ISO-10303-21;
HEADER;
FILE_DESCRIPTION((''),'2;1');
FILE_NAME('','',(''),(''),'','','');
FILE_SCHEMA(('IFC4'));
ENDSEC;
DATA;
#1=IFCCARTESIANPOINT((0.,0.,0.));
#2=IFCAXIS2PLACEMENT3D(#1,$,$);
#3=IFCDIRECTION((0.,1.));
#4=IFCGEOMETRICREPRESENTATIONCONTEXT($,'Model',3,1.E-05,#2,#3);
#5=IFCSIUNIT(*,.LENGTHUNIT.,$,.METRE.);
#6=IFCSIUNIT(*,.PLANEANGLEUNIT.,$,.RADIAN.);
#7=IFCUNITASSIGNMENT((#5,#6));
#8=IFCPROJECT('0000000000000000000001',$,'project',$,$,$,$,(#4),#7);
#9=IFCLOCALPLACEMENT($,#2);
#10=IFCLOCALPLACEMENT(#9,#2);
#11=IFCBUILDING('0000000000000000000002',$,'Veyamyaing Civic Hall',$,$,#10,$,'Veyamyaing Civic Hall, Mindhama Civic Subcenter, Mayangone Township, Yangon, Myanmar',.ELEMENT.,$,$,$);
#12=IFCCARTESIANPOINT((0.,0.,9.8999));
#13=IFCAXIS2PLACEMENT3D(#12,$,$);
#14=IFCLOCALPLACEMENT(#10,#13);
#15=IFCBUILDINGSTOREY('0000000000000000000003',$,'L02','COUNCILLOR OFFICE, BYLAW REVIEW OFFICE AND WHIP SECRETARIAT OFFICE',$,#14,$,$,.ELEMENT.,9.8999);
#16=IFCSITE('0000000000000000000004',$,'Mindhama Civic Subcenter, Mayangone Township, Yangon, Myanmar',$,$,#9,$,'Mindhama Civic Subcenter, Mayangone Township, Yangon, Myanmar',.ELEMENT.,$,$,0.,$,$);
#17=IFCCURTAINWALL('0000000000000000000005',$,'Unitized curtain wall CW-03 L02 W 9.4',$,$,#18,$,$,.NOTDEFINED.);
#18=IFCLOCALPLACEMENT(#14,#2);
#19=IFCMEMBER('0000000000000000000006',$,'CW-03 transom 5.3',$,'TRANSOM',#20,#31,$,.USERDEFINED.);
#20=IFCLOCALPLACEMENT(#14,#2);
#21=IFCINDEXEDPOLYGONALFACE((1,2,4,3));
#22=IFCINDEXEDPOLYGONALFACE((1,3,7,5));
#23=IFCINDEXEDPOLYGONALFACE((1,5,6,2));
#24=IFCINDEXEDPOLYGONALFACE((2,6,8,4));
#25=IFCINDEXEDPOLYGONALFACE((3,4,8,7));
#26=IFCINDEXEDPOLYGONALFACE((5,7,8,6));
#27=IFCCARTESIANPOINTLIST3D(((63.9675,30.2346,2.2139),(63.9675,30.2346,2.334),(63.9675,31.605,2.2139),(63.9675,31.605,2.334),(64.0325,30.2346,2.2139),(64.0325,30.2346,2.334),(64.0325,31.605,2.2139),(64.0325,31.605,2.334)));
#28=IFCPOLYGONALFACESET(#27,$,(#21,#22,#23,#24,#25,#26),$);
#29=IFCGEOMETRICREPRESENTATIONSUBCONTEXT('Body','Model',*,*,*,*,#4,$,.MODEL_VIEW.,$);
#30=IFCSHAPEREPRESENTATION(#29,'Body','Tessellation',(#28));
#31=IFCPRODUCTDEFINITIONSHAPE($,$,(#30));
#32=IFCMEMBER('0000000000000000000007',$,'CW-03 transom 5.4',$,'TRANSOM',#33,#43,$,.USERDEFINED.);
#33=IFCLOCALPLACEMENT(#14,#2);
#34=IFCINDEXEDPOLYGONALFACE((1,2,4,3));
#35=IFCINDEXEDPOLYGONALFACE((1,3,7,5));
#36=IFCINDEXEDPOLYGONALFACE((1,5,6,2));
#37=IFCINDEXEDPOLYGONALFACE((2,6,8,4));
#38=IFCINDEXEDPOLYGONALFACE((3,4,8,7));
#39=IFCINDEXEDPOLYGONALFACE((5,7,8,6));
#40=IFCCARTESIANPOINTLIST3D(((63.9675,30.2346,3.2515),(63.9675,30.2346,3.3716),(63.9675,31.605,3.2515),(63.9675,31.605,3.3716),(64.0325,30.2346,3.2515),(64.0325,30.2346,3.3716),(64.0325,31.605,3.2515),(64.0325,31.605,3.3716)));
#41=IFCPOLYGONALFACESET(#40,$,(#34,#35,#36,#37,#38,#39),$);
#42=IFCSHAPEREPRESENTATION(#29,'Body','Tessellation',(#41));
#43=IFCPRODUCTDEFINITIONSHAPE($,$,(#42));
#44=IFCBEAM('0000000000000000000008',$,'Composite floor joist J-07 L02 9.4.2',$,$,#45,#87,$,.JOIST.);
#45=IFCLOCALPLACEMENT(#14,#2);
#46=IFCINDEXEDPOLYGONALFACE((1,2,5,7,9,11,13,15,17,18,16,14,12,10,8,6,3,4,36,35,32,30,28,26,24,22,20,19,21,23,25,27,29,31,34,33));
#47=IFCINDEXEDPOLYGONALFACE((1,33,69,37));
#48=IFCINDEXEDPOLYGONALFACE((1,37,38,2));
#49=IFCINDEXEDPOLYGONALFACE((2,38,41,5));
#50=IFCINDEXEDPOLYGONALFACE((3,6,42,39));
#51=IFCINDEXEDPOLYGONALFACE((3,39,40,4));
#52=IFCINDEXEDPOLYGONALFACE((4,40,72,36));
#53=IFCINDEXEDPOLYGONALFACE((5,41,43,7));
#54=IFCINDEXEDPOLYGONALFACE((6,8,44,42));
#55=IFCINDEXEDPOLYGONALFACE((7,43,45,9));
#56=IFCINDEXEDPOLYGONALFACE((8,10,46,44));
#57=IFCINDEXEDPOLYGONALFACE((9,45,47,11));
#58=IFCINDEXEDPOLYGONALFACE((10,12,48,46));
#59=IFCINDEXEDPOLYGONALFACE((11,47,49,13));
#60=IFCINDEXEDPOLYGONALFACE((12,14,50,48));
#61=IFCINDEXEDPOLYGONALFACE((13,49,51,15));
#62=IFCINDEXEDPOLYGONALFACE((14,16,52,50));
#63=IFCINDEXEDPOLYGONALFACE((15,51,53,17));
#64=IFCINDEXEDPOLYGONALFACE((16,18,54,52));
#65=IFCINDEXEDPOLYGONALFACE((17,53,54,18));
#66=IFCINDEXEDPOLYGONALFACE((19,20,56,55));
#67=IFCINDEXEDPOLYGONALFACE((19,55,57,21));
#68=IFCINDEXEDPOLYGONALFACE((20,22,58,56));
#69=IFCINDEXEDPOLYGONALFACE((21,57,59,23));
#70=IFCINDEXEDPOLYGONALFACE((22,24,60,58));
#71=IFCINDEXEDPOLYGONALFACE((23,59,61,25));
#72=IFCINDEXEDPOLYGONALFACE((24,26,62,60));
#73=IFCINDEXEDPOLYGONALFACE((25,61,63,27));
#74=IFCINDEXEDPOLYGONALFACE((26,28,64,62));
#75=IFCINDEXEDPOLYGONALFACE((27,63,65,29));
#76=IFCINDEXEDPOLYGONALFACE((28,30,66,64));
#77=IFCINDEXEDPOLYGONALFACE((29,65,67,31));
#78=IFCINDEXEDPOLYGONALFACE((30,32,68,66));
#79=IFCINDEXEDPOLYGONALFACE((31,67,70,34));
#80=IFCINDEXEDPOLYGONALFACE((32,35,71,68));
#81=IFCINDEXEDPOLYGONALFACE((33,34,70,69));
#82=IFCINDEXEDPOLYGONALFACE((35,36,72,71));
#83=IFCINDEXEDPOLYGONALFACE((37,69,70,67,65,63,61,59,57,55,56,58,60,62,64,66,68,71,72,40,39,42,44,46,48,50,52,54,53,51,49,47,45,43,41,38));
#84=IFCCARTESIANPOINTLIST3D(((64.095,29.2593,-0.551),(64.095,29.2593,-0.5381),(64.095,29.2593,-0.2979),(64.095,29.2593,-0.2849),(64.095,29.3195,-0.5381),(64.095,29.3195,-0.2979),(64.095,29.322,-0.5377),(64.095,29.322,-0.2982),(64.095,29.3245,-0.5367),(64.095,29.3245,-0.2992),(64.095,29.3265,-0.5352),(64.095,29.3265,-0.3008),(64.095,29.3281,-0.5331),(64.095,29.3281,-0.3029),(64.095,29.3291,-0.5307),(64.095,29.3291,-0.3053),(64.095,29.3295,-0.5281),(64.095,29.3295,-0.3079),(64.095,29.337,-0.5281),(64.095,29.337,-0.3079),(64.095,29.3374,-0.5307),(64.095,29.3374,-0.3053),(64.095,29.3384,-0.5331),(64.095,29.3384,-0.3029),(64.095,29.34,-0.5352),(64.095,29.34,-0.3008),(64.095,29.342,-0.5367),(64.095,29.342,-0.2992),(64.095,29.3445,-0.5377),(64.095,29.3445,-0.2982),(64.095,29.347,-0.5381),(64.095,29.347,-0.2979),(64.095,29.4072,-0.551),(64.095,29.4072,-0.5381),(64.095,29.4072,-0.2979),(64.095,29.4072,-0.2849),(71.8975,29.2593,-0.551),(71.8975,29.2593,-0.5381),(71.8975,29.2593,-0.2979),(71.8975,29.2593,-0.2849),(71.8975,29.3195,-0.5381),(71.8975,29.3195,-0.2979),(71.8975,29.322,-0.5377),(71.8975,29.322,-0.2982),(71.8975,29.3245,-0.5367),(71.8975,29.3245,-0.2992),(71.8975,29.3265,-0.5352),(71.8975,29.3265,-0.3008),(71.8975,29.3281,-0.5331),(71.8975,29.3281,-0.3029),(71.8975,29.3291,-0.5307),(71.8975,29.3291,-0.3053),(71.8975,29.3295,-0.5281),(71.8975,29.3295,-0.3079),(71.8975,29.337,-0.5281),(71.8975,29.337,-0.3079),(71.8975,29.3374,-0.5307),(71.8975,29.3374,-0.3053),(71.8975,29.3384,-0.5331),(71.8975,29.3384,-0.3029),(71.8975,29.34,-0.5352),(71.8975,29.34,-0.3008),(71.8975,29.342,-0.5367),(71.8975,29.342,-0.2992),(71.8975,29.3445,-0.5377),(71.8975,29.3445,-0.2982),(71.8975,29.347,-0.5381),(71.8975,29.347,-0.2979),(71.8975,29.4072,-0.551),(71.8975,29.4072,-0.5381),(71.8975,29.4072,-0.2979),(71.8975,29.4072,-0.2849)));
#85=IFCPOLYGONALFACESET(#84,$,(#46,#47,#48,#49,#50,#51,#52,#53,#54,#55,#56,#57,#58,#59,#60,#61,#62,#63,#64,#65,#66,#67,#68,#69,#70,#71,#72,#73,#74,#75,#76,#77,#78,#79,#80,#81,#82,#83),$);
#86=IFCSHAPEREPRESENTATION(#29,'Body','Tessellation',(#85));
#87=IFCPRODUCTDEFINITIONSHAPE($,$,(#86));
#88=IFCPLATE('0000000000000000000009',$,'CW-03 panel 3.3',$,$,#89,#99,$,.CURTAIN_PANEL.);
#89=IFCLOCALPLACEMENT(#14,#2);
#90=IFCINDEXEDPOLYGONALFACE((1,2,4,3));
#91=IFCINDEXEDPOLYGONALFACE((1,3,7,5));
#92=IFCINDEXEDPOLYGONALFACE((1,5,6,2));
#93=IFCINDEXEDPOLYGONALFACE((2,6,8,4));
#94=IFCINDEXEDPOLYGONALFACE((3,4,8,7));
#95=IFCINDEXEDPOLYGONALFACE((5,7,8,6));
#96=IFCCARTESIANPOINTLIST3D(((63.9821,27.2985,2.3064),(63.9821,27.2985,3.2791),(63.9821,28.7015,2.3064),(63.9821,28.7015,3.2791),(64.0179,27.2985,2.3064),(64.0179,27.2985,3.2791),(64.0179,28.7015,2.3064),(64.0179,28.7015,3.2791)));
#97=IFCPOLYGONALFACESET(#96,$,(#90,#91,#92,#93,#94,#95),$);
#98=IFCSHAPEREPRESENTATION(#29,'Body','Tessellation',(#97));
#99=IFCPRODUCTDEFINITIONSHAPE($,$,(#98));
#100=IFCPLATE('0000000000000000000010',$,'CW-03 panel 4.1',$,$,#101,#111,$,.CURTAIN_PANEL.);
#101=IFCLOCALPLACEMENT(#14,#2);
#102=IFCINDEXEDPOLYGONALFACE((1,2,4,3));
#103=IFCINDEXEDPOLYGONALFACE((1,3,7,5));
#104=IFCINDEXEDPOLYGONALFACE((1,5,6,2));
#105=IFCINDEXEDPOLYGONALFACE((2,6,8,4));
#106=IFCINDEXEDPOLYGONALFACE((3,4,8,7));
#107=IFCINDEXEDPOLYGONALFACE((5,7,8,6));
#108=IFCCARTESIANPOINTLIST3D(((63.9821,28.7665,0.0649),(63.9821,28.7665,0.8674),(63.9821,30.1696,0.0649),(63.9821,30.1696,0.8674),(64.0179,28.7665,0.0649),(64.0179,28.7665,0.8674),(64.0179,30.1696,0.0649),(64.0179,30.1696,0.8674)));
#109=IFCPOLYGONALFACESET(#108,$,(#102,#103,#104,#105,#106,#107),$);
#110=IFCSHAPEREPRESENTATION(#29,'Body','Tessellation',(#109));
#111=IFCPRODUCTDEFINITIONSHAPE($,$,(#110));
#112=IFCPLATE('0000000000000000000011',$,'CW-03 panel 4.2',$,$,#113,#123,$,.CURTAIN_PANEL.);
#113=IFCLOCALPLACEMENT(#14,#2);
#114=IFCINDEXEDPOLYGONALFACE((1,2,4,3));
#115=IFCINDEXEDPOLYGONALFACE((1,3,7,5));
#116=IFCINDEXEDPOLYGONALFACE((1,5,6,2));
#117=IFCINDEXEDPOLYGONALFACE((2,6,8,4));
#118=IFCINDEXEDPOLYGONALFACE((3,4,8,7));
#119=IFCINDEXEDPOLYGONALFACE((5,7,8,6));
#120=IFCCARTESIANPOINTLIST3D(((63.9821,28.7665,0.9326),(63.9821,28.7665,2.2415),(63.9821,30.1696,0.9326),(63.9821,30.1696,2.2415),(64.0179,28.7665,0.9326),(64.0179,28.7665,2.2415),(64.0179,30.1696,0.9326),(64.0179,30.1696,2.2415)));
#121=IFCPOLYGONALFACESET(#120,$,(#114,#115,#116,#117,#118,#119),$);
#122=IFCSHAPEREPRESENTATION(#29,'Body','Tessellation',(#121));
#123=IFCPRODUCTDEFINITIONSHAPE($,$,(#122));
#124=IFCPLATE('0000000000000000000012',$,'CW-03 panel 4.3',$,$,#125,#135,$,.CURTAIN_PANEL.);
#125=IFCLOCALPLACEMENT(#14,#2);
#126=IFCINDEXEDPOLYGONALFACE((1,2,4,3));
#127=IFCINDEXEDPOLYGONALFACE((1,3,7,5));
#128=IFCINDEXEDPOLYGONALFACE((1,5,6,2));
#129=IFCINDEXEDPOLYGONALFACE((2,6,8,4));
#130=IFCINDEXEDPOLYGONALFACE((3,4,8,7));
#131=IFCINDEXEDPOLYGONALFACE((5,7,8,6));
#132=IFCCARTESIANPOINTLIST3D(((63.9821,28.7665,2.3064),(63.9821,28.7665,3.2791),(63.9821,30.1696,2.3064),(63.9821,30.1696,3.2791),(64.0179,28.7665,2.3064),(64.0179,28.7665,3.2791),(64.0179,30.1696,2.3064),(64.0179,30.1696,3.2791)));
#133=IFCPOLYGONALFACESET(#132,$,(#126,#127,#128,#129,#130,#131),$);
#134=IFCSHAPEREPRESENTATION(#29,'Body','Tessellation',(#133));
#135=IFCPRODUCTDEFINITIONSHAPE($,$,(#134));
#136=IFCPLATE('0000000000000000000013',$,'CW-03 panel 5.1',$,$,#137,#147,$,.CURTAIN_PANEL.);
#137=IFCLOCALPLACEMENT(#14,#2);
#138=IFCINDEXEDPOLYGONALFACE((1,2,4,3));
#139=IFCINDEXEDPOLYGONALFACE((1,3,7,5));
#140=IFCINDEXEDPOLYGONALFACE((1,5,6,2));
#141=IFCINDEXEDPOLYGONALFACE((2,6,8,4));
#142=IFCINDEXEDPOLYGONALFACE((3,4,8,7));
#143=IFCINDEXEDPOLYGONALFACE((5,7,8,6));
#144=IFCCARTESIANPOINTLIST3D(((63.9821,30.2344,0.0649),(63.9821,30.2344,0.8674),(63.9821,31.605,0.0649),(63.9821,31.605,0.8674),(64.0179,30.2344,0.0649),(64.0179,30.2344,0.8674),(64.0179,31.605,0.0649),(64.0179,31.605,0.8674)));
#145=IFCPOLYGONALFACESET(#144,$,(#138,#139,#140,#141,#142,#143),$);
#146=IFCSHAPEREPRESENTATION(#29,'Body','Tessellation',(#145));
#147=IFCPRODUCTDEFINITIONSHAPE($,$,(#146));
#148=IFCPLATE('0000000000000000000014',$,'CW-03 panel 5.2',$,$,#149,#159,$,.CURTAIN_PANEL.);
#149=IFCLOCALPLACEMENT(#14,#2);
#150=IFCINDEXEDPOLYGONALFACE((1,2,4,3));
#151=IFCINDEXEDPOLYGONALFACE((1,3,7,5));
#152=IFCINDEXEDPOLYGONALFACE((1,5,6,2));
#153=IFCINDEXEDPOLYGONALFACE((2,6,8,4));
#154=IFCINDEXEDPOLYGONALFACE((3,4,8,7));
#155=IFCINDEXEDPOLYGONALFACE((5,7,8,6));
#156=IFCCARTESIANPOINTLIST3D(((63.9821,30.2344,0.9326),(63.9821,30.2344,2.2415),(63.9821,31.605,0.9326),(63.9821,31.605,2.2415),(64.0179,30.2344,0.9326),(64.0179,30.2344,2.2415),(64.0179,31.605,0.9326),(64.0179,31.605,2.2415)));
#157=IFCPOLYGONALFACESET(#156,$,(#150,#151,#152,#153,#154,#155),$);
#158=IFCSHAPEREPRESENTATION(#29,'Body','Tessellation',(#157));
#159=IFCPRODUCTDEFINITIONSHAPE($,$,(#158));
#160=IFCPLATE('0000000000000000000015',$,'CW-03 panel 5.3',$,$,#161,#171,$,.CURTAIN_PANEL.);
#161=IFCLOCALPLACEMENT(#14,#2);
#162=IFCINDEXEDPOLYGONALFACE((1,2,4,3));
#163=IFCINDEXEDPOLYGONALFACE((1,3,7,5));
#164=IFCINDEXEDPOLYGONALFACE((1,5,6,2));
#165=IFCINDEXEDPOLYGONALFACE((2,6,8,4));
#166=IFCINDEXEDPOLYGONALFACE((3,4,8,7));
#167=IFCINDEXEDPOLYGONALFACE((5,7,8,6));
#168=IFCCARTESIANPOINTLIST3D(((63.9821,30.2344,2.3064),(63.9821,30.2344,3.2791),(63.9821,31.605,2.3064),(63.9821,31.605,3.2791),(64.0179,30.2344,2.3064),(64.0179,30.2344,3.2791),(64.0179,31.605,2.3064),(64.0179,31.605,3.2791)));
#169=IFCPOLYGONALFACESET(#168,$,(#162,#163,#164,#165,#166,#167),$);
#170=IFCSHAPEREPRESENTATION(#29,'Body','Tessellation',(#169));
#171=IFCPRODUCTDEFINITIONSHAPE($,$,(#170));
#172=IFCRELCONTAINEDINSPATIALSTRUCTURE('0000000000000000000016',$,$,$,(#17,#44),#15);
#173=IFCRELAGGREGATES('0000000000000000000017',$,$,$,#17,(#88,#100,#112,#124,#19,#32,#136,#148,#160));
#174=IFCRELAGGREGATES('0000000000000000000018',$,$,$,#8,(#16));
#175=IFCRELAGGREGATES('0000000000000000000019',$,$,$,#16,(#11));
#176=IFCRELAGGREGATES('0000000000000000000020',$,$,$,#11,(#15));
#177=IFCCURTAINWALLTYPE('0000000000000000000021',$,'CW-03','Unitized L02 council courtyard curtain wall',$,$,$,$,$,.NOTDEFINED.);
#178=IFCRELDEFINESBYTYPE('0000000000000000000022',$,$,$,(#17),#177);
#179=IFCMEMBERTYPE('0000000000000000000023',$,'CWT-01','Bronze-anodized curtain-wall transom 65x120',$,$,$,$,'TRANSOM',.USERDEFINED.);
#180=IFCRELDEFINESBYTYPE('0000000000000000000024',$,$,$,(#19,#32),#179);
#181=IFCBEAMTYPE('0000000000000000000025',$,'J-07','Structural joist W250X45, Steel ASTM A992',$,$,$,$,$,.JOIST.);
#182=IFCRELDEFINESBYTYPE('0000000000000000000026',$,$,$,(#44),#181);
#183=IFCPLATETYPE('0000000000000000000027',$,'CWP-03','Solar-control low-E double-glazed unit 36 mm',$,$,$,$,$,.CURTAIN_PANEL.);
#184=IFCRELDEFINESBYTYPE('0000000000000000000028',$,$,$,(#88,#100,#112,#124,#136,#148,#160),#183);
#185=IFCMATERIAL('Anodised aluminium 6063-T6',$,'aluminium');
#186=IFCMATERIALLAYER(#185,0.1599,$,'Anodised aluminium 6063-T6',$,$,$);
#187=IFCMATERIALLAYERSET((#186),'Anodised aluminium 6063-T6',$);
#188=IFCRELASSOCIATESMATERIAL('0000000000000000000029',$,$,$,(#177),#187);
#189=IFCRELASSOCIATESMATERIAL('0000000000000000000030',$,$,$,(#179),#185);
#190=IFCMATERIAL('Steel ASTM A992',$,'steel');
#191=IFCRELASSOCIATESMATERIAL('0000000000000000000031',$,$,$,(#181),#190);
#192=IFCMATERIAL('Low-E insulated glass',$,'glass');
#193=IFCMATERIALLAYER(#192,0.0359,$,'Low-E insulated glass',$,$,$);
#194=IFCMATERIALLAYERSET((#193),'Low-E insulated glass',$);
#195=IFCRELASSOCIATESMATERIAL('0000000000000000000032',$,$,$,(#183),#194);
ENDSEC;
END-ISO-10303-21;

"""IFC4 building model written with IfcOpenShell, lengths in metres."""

from ifc_helpers import new_model, si_unit, direction, frame, origin, origin_2d, place, context, subcontext, project, spatial, rectangle, i_section, extrude, material, layer, layer_set, material_profile, profile_set, type_object, element, aggregate, save


model = new_model("IFC4")

# Units and contexts
model_context = context("Model", 3, precision=1e-05, world=origin(), true_north=direction((0.0, 1.0)))
body_context = subcontext(model_context, "Body", "Model", "MODEL_VIEW")
ifc_project = project(units=[si_unit("LENGTHUNIT", "METRE"), si_unit("PLANEANGLEUNIT", "RADIAN")], contexts=[model_context])

# Site, building, storey
site_placement = place(None, origin())
site = spatial("IfcSite", under=ifc_project, at=site_placement, Name="Mindhama Civic Subcenter, Mayangone Township, Yangon, Myanmar", LongName="Mindhama Civic Subcenter, Mayangone Township, Yangon, Myanmar", CompositionType="ELEMENT", RefElevation=0.0)
building_placement = place(site_placement, origin())
building = spatial("IfcBuilding", under=site, at=building_placement, Name="Veyamyaing Civic Hall", LongName="Veyamyaing Civic Hall, Mindhama Civic Subcenter, Mayangone Township, Yangon, Myanmar", CompositionType="ELEMENT")
storey_placement = place(building_placement, frame((0.0, 0.0, 9.8999)))
storey = spatial("IfcBuildingStorey", under=building, at=storey_placement, Name="L02", Description="COUNCILLOR OFFICE, BYLAW REVIEW OFFICE AND WHIP SECRETARIAT OFFICE", CompositionType="ELEMENT", Elevation=9.8999)

# Shared definitions
ifc_material_1 = material(Name="Steel ASTM A992", Category="steel")

# Curtain wall, members
ifc_material_2 = material(Name="Anodised aluminium 6063-T6", Category="aluminium")
ifc_layer_1 = layer(ifc_material_2, 0.1599, Name="Anodised aluminium 6063-T6")
ifc_layer_set_1 = layer_set([ifc_layer_1], Name="Anodised aluminium 6063-T6")
curtain_wall_type = type_object("IfcCurtainWallType", Name="CW-03", Description="Unitized L02 council courtyard curtain wall", PredefinedType="NOTDEFINED", material=ifc_layer_set_1)
curtain_wall_placement = place(storey_placement, origin())
curtain_wall = element("IfcCurtainWall", 1, at=curtain_wall_placement, inside=storey, type_object=curtain_wall_type, Name="Unitized curtain wall CW-03 L02 W 9.4", PredefinedType="NOTDEFINED")
ifc_material_profile_1 = material_profile(ifc_material_2, rectangle(XDim=0.0649, YDim=0.1201, at=origin_2d()), Name="ALU-TRN-65X120")
ifc_profile_set_1 = profile_set([ifc_material_profile_1], Name="Anodised aluminium 6063-T6")
member_type_1 = type_object("IfcMemberType", Name="CWT-01", Description="Bronze-anodized curtain-wall transom 65x120", ElementType="TRANSOM", PredefinedType="USERDEFINED", material=ifc_profile_set_1)
member_1_placement = place(storey_placement, frame((64.0, 30.2346, 2.2739), z_axis=(0.0, 1.0, 0.0), x_axis=(-1.0, 0.0, 0.0)))
member_1 = element("IfcMember", 2, at=member_1_placement, type_object=member_type_1, Name="CW-03 transom 5.3", ObjectType="TRANSOM", PredefinedType="USERDEFINED", context=body_context, shape_type="SweptSolid", body=[
    extrude(rectangle(XDim=0.0649, YDim=0.1201, at=origin_2d()), origin(), (0.0, 0.0, 1.0), 1.3704),
])
member_2_placement = place(storey_placement, frame((64.0, 30.2346, 3.3115), z_axis=(0.0, 1.0, 0.0), x_axis=(-1.0, 0.0, 0.0)))
member_2 = element("IfcMember", 3, at=member_2_placement, type_object=member_type_1, Name="CW-03 transom 5.4", ObjectType="TRANSOM", PredefinedType="USERDEFINED", context=body_context, shape_type="SweptSolid", body=[
    extrude(rectangle(XDim=0.0649, YDim=0.1201, at=origin_2d()), origin(), (0.0, 0.0, 1.0), 1.3704),
])

# Beam
ifc_material_profile_2 = material_profile(ifc_material_1, i_section(OverallWidth=0.1479, OverallDepth=0.2661, WebThickness=0.0076, FlangeThickness=0.0129, FilletRadius=0.01, at=origin_2d()), Name="W250X45")
ifc_profile_set_2 = profile_set([ifc_material_profile_2], Name="Steel ASTM A992")
beam_type_1 = type_object("IfcBeamType", Name="J-07", Description="Structural joist W250X45, Steel ASTM A992", PredefinedType="JOIST", material=ifc_profile_set_2)
beam_1_placement = place(storey_placement, frame((64.095, 29.3333, -0.418), z_axis=(1.0, 0.0, 0.0), x_axis=(0.0, 1.0, 0.0)))
element("IfcBeam", 4, at=beam_1_placement, inside=storey, type_object=beam_type_1, Name="Composite floor joist J-07 L02 9.4.2", PredefinedType="JOIST", context=body_context, shape_type="SweptSolid", body=[
    extrude(i_section(OverallWidth=0.1479, OverallDepth=0.2661, WebThickness=0.0076, FlangeThickness=0.0129, FilletRadius=0.01, at=origin_2d()), origin(), (0.0, 0.0, 1.0), 7.8025),
])

# Plates
ifc_material_3 = material(Name="Low-E insulated glass", Category="glass")
ifc_layer_2 = layer(ifc_material_3, 0.0359, Name="Low-E insulated glass")
ifc_layer_set_2 = layer_set([ifc_layer_2], Name="Low-E insulated glass")
plate_type = type_object("IfcPlateType", Name="CWP-03", Description="Solar-control low-E double-glazed unit 36 mm", PredefinedType="CURTAIN_PANEL", material=ifc_layer_set_2)
plate_1_placement = place(storey_placement, frame((64.0, 28.0, 2.3064), z_axis=(0.0, 0.0, 1.0), x_axis=(0.0, 1.0, 0.0)))
plate_1 = element("IfcPlate", 5, at=plate_1_placement, type_object=plate_type, Name="CW-03 panel 3.3", PredefinedType="CURTAIN_PANEL", context=body_context, shape_type="SweptSolid", body=[
    extrude(rectangle(XDim=1.4031, YDim=0.0359, at=origin_2d()), origin(), (0.0, 0.0, 1.0), 0.9727),
])
plate_2_placement = place(storey_placement, frame((64.0, 29.468, 0.0649), z_axis=(0.0, 0.0, 1.0), x_axis=(0.0, 1.0, 0.0)))
plate_2 = element("IfcPlate", 6, at=plate_2_placement, type_object=plate_type, Name="CW-03 panel 4.1", PredefinedType="CURTAIN_PANEL", context=body_context, shape_type="SweptSolid", body=[
    extrude(rectangle(XDim=1.4031, YDim=0.0359, at=origin_2d()), origin(), (0.0, 0.0, 1.0), 0.8025),
])
plate_3_placement = place(storey_placement, frame((64.0, 29.468, 0.9326), z_axis=(0.0, 0.0, 1.0), x_axis=(0.0, 1.0, 0.0)))
plate_3 = element("IfcPlate", 7, at=plate_3_placement, type_object=plate_type, Name="CW-03 panel 4.2", PredefinedType="CURTAIN_PANEL", context=body_context, shape_type="SweptSolid", body=[
    extrude(rectangle(XDim=1.4031, YDim=0.0359, at=origin_2d()), origin(), (0.0, 0.0, 1.0), 1.3088),
])
plate_4_placement = place(storey_placement, frame((64.0, 29.468, 2.3064), z_axis=(0.0, 0.0, 1.0), x_axis=(0.0, 1.0, 0.0)))
plate_4 = element("IfcPlate", 8, at=plate_4_placement, type_object=plate_type, Name="CW-03 panel 4.3", PredefinedType="CURTAIN_PANEL", context=body_context, shape_type="SweptSolid", body=[
    extrude(rectangle(XDim=1.4031, YDim=0.0359, at=origin_2d()), origin(), (0.0, 0.0, 1.0), 0.9727),
])
plate_5_placement = place(storey_placement, frame((64.0, 30.9197, 0.0649), z_axis=(0.0, 0.0, 1.0), x_axis=(0.0, 1.0, 0.0)))
plate_5 = element("IfcPlate", 9, at=plate_5_placement, type_object=plate_type, Name="CW-03 panel 5.1", PredefinedType="CURTAIN_PANEL", context=body_context, shape_type="SweptSolid", body=[
    extrude(rectangle(XDim=1.3706, YDim=0.0359, at=origin_2d()), origin(), (0.0, 0.0, 1.0), 0.8025),
])
plate_6_placement = place(storey_placement, frame((64.0, 30.9197, 0.9326), z_axis=(0.0, 0.0, 1.0), x_axis=(0.0, 1.0, 0.0)))
plate_6 = element("IfcPlate", 10, at=plate_6_placement, type_object=plate_type, Name="CW-03 panel 5.2", PredefinedType="CURTAIN_PANEL", context=body_context, shape_type="SweptSolid", body=[
    extrude(rectangle(XDim=1.3706, YDim=0.0359, at=origin_2d()), origin(), (0.0, 0.0, 1.0), 1.3088),
])
plate_7_placement = place(storey_placement, frame((64.0, 30.9197, 2.3064), z_axis=(0.0, 0.0, 1.0), x_axis=(0.0, 1.0, 0.0)))
plate_7 = element("IfcPlate", 11, at=plate_7_placement, type_object=plate_type, Name="CW-03 panel 5.3", PredefinedType="CURTAIN_PANEL", context=body_context, shape_type="SweptSolid", body=[
    extrude(rectangle(XDim=1.3706, YDim=0.0359, at=origin_2d()), origin(), (0.0, 0.0, 1.0), 0.9727),
])
aggregate(curtain_wall, [plate_1, plate_2, plate_3, plate_4, member_1, member_2, plate_5, plate_6, plate_7])

save(model, "model.ifc")
